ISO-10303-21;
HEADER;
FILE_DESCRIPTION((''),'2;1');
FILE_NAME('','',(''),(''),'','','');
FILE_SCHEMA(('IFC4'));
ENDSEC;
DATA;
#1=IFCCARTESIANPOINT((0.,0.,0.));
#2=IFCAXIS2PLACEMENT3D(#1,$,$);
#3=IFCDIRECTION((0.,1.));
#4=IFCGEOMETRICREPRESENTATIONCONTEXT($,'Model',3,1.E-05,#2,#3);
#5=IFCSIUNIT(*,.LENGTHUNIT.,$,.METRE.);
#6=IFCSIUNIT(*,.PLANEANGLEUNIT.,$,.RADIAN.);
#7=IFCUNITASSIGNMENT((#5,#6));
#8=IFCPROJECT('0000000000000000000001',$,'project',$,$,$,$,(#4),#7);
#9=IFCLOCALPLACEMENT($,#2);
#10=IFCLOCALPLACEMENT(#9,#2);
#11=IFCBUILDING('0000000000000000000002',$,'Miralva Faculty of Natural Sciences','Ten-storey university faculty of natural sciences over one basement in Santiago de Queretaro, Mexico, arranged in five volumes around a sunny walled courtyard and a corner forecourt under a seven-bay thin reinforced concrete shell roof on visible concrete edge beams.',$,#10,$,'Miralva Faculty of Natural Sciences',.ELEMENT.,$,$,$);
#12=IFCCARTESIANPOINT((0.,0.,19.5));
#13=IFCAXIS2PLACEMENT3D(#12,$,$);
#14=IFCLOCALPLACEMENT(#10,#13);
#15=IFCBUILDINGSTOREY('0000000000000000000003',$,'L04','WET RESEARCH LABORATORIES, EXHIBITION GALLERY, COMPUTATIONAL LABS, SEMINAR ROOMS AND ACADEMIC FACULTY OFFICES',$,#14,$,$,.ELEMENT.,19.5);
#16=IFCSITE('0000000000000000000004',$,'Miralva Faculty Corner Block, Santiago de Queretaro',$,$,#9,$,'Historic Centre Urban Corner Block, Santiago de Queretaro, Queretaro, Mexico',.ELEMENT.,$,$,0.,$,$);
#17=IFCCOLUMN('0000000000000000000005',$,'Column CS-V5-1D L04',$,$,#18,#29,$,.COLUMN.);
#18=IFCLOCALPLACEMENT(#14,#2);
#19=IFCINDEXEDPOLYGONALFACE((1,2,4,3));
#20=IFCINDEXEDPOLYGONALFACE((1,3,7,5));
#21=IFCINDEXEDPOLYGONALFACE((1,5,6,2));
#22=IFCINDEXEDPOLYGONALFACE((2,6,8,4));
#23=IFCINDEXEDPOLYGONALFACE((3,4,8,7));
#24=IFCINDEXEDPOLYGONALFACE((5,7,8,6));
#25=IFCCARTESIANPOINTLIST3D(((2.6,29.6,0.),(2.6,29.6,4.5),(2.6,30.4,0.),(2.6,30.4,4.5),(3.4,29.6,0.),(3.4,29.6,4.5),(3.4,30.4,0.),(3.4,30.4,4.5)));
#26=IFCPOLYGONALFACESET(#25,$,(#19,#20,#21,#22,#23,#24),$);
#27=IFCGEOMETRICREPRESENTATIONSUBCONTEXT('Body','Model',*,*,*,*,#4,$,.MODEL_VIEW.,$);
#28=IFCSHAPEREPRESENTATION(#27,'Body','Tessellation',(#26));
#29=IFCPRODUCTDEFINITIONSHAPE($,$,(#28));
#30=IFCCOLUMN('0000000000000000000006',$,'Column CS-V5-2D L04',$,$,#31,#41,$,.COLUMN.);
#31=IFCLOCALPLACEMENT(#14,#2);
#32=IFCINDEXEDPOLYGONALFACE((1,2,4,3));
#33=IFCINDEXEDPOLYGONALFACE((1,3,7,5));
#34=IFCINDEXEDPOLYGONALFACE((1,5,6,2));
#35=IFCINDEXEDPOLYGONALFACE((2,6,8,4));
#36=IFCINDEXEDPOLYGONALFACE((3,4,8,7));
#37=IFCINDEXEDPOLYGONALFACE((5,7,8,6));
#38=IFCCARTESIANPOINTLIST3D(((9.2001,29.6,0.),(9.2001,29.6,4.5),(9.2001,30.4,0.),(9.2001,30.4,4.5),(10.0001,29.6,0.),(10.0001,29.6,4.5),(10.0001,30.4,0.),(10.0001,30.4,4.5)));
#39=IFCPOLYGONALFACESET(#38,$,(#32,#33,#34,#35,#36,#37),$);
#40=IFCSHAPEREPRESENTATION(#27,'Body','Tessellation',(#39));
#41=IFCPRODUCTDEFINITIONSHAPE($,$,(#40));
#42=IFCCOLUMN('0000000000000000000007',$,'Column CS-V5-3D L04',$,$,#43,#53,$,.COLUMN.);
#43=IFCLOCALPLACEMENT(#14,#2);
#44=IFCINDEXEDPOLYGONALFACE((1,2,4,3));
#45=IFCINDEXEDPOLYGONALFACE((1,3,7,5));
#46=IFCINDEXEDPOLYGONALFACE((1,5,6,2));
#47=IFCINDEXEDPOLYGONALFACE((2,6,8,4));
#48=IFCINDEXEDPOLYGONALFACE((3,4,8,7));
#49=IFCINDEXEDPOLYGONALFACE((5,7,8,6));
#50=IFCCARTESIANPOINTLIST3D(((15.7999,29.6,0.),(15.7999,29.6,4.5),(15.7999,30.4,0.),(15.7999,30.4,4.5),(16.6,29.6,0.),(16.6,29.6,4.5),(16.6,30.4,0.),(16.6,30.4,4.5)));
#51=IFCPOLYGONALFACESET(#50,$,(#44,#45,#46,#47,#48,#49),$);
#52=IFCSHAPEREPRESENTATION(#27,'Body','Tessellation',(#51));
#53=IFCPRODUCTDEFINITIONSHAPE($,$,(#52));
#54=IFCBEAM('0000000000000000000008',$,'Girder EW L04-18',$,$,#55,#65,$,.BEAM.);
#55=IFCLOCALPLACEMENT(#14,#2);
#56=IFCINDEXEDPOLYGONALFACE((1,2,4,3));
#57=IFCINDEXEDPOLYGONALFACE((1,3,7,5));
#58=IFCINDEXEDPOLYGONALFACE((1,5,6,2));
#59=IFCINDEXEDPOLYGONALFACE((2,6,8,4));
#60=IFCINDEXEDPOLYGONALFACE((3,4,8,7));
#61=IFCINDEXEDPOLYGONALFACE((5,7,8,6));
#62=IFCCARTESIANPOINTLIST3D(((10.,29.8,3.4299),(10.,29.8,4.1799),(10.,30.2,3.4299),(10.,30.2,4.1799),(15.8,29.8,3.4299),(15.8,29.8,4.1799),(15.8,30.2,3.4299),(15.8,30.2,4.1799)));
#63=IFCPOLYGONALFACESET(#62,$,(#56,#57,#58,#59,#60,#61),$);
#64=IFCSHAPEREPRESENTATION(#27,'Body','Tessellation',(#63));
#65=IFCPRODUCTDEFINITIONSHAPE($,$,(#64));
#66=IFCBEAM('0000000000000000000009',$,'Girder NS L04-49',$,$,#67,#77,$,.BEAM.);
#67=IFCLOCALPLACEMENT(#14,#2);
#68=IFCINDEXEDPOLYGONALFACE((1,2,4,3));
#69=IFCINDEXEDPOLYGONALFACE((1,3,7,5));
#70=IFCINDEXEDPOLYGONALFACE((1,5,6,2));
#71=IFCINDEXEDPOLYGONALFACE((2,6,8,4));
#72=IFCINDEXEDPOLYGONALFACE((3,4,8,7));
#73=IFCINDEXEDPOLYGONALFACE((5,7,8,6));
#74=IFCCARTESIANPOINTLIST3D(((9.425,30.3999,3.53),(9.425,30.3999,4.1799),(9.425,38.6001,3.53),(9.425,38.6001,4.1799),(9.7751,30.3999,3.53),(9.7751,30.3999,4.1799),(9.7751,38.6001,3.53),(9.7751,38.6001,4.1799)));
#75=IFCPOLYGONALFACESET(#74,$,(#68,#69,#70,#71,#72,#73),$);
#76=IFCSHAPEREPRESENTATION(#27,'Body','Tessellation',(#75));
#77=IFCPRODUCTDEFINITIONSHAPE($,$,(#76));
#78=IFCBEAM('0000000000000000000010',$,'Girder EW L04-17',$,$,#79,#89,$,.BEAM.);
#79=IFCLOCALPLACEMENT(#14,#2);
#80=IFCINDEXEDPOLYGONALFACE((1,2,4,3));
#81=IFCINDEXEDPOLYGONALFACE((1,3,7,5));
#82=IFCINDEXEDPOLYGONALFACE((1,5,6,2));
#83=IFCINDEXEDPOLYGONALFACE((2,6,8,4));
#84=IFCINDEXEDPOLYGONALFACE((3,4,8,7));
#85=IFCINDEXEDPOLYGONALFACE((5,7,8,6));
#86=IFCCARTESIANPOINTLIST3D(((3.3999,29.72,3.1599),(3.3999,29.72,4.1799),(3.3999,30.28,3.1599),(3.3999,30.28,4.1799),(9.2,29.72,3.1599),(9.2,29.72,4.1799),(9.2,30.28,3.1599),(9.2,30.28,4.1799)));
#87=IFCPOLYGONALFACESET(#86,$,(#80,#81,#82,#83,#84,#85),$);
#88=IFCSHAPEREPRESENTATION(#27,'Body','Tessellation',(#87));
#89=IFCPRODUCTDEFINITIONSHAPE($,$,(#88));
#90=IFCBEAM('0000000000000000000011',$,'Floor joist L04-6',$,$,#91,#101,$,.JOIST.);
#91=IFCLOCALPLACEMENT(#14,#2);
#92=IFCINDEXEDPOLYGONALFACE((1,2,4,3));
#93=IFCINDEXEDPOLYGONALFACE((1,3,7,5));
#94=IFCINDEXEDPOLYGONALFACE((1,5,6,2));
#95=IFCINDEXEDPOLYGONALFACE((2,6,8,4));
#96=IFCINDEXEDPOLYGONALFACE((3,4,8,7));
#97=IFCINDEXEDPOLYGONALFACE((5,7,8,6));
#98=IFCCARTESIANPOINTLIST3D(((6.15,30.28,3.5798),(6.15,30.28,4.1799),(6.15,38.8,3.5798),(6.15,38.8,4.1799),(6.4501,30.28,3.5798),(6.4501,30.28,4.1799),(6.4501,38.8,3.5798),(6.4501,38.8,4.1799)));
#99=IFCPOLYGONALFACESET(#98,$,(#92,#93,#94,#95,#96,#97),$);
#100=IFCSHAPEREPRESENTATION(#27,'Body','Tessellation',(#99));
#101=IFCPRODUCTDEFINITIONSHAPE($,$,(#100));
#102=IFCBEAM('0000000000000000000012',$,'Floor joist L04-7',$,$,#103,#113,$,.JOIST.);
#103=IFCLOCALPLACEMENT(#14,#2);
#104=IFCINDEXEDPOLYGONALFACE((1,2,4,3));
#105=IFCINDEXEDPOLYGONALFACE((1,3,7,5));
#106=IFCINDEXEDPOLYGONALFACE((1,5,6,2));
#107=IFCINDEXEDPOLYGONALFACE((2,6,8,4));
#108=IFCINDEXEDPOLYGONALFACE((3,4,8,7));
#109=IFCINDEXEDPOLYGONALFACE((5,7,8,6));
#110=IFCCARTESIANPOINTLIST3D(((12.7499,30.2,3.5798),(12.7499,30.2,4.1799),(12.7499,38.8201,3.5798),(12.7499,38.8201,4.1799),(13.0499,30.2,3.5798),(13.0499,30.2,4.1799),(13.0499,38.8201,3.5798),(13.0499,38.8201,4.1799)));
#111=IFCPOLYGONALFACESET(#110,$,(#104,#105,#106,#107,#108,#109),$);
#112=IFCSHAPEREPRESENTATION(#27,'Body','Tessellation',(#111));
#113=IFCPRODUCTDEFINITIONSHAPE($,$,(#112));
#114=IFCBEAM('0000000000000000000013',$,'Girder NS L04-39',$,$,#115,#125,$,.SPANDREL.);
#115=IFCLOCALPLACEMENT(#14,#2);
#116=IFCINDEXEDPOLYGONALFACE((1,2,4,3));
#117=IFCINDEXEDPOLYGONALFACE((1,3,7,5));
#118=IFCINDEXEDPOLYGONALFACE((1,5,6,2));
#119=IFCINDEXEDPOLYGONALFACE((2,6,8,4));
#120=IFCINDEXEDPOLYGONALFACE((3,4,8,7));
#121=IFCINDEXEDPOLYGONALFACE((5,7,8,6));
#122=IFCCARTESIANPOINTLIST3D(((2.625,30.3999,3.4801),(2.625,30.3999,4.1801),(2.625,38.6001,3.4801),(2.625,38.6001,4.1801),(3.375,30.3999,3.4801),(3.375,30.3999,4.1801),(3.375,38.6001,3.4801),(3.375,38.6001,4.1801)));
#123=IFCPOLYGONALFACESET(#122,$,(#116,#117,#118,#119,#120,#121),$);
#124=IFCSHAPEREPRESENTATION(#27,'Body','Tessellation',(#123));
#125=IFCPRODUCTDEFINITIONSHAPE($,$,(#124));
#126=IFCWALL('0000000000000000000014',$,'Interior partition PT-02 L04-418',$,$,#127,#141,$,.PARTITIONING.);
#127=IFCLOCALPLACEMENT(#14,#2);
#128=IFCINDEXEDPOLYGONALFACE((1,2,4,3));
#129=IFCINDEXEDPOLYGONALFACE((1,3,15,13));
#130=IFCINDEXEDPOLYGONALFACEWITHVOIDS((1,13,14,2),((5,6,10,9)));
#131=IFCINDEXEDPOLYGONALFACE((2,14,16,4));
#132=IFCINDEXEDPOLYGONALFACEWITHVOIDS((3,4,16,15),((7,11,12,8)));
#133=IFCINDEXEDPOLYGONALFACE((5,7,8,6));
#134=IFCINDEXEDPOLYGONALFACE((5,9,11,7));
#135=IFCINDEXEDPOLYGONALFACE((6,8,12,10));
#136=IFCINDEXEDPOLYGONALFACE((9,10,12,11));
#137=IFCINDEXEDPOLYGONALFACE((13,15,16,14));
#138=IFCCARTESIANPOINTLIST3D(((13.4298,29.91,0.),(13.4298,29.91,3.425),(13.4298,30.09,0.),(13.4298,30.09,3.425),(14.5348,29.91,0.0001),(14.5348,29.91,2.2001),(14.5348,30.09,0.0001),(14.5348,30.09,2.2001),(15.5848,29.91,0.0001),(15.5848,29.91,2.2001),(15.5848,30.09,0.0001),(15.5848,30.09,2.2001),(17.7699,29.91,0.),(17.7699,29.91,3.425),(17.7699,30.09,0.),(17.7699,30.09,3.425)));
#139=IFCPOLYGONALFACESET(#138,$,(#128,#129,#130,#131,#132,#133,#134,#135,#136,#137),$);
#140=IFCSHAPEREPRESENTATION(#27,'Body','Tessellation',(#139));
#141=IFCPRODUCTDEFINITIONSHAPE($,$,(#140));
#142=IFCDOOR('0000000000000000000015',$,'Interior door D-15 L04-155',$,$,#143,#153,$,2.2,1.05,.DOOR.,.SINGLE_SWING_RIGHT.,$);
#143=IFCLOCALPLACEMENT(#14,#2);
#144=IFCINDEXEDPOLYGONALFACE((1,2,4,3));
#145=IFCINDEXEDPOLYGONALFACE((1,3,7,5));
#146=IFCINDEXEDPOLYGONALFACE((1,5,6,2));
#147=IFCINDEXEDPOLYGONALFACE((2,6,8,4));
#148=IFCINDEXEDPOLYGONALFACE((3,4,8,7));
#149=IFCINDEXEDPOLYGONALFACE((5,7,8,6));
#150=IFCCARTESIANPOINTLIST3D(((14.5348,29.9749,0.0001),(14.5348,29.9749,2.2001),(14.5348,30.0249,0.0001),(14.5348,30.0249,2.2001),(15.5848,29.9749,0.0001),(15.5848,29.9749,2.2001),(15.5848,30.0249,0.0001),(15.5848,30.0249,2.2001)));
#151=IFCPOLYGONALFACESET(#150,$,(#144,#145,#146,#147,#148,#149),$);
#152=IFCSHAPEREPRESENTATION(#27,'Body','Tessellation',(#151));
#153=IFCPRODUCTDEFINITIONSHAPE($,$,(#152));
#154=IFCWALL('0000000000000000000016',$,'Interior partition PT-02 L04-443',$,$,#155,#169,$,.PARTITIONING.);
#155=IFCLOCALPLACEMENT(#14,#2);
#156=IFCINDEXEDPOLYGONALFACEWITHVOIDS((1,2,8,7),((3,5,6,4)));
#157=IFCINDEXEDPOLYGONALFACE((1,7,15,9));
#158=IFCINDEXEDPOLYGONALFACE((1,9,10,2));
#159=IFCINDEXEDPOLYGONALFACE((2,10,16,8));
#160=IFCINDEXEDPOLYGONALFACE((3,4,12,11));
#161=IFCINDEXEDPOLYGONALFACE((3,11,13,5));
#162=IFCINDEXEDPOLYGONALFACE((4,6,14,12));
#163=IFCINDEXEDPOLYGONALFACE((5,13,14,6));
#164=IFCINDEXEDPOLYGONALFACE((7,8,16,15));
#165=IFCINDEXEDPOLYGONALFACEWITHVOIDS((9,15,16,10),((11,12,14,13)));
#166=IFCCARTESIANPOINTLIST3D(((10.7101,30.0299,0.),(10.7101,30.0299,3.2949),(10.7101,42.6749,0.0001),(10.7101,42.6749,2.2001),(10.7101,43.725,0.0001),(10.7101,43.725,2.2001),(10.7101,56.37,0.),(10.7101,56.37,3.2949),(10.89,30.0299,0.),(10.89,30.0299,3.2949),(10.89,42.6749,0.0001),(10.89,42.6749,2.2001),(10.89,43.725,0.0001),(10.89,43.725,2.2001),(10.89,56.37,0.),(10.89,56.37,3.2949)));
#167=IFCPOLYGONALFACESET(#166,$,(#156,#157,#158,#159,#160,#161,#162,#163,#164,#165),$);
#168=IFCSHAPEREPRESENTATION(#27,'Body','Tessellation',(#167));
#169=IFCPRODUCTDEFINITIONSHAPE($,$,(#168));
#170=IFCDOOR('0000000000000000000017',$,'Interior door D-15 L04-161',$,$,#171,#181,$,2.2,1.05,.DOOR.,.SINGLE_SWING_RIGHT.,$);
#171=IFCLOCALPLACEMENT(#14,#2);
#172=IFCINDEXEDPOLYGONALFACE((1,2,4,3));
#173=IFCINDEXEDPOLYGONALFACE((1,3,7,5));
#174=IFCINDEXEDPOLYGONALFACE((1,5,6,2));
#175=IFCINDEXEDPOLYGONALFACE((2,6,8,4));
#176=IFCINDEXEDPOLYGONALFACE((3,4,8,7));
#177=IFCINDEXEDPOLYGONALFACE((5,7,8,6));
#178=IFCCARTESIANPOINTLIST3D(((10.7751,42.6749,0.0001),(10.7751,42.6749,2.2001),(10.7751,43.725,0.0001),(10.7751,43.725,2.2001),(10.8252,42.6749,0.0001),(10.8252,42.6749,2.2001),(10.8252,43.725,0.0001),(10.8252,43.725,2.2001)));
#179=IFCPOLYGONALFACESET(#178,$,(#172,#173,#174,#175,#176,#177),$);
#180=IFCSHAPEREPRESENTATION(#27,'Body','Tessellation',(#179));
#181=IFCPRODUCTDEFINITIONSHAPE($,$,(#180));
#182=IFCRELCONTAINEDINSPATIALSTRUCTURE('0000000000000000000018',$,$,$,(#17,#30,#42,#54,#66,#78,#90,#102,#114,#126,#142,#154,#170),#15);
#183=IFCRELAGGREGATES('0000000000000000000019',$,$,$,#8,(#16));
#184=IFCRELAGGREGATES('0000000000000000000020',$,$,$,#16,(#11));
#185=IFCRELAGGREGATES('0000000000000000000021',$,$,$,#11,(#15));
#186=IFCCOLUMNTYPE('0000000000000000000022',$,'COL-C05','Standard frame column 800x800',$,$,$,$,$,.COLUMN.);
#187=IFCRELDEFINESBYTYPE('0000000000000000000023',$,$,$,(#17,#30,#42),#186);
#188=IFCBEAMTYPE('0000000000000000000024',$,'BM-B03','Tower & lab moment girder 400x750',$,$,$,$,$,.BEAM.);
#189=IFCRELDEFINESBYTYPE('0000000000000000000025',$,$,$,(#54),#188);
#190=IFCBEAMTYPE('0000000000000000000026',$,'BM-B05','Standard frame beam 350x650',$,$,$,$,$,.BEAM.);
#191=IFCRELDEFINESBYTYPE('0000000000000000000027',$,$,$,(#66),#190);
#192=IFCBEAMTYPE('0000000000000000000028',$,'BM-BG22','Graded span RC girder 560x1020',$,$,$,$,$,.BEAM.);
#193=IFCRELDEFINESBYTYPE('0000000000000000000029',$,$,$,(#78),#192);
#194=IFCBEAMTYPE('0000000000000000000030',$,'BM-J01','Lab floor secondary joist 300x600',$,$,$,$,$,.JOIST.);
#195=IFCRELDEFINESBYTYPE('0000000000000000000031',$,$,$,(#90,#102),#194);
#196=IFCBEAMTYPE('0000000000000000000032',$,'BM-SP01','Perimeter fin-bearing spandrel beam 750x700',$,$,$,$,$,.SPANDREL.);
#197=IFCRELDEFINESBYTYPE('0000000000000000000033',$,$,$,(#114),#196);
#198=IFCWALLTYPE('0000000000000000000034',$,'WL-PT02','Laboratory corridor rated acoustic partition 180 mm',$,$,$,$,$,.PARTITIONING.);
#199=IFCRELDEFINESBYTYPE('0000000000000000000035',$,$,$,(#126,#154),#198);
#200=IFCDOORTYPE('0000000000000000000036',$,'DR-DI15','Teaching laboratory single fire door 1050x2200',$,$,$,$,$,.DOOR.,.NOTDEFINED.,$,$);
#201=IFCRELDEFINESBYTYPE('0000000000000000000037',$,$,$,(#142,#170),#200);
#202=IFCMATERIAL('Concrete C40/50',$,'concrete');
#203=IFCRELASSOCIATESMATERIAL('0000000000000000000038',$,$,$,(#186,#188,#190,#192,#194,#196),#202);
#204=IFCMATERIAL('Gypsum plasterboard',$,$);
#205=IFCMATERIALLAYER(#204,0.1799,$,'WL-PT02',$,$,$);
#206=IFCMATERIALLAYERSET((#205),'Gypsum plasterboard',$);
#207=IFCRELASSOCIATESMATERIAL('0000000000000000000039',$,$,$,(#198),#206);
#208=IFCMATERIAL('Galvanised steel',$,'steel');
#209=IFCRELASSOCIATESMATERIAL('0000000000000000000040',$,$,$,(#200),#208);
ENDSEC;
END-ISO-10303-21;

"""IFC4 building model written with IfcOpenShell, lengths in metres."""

from ifc_helpers import new_model, si_unit, direction, frame, frame_2d, origin, origin_2d, place, context, subcontext, project, spatial, rectangle, extrude, material, layer, layer_set, material_profile, profile_set, type_object, element, fill, save


model = new_model("IFC4")

# Units and contexts
model_context = context("Model", 3, precision=1e-05, world=origin(), true_north=direction((0.0, 1.0)))
body_context = subcontext(model_context, "Body", "Model", "MODEL_VIEW")
ifc_project = project(units=[si_unit("LENGTHUNIT", "METRE"), si_unit("PLANEANGLEUNIT", "RADIAN")], contexts=[model_context])

# Site, building, storey
site_placement = place(None, origin())
site = spatial("IfcSite", under=ifc_project, at=site_placement, Name="Miralva Faculty Corner Block, Santiago de Queretaro", LongName="Historic Centre Urban Corner Block, Santiago de Queretaro, Queretaro, Mexico", CompositionType="ELEMENT", RefElevation=0.0)
building_placement = place(site_placement, origin())
building = spatial("IfcBuilding", under=site, at=building_placement, Name="Miralva Faculty of Natural Sciences", Description="Ten-storey university faculty of natural sciences over one basement in Santiago de Queretaro, Mexico, arranged in five volumes around a sunny walled courtyard and a corner forecourt under a seven-bay thin reinforced concrete shell roof on visible concrete edge beams.", LongName="Miralva Faculty of Natural Sciences", CompositionType="ELEMENT")
storey_placement = place(building_placement, frame((0.0, 0.0, 19.5)))
storey = spatial("IfcBuildingStorey", under=building, at=storey_placement, Name="L04", Description="WET RESEARCH LABORATORIES, EXHIBITION GALLERY, COMPUTATIONAL LABS, SEMINAR ROOMS AND ACADEMIC FACULTY OFFICES", CompositionType="ELEMENT", Elevation=19.5)

# Columns
ifc_material_1 = material(Name="Concrete C40/50", Category="concrete")
ifc_material_profile_1 = material_profile(ifc_material_1, rectangle(XDim=0.8, YDim=0.8, at=origin_2d()), Name="RC 800x800")
ifc_profile_set_1 = profile_set([ifc_material_profile_1], Name="Concrete C40/50")
column_type = type_object("IfcColumnType", Name="COL-C05", Description="Standard frame column 800x800", PredefinedType="COLUMN", material=ifc_profile_set_1)
for number, where, z_axis, x_axis, name in (
    (1, (3.0, 30.0, 0.0), (0.0, 0.0, 1.0), (1.0, 0.0, 0.0), "Column CS-V5-1D L04"),
    (2, (9.6001, 30.0, 0.0), (0.0, 0.0, 1.0), (1.0, 0.0, 0.0), "Column CS-V5-2D L04"),
    (3, (16.2, 30.0, 0.0), (0.0, 0.0, 1.0), (1.0, 0.0, 0.0), "Column CS-V5-3D L04"),
):
    element("IfcColumn", number, at=place(storey_placement, frame(where, z_axis=z_axis, x_axis=x_axis)), inside=storey, type_object=column_type, Name=name, PredefinedType="COLUMN", context=body_context, shape_type="SweptSolid", body=[
        extrude(rectangle(XDim=0.8, YDim=0.8, at=origin_2d()), origin(), (0.0, 0.0, 1.0), 4.5),
    ])

# Beams
ifc_material_profile_2 = material_profile(ifc_material_1, rectangle(XDim=0.3999, YDim=0.75, at=origin_2d()), Name="RC 400x750")
ifc_profile_set_2 = profile_set([ifc_material_profile_2], Name="Concrete C40/50")
beam_type_1 = type_object("IfcBeamType", Name="BM-B03", Description="Tower & lab moment girder 400x750", PredefinedType="BEAM", material=ifc_profile_set_2)
beam_1_placement = place(storey_placement, frame((10.0, 30.0, 3.8049), z_axis=(1.0, 0.0, 0.0), x_axis=(0.0, 1.0, 0.0)))
element("IfcBeam", 4, at=beam_1_placement, inside=storey, type_object=beam_type_1, Name="Girder EW L04-18", PredefinedType="BEAM", context=body_context, shape_type="SweptSolid", body=[
    extrude(rectangle(XDim=0.3999, YDim=0.75, at=origin_2d()), origin(), (0.0, 0.0, 1.0), 5.8),
])
ifc_material_profile_3 = material_profile(ifc_material_1, rectangle(XDim=0.3501, YDim=0.6499, at=origin_2d()), Name="RC 350x650")
ifc_profile_set_3 = profile_set([ifc_material_profile_3], Name="Concrete C40/50")
beam_type_2 = type_object("IfcBeamType", Name="BM-B05", Description="Standard frame beam 350x650", PredefinedType="BEAM", material=ifc_profile_set_3)
beam_2_placement = place(storey_placement, frame((9.6001, 30.3999, 3.855), z_axis=(0.0, 1.0, 0.0), x_axis=(-1.0, 0.0, 0.0)))
element("IfcBeam", 5, at=beam_2_placement, inside=storey, type_object=beam_type_2, Name="Girder NS L04-49", PredefinedType="BEAM", context=body_context, shape_type="SweptSolid", body=[
    extrude(rectangle(XDim=0.3501, YDim=0.6499, at=origin_2d()), origin(), (0.0, 0.0, 1.0), 8.2002),
])
ifc_material_profile_4 = material_profile(ifc_material_1, rectangle(XDim=0.5601, YDim=1.02, at=origin_2d()), Name="RC 560x1020")
ifc_profile_set_4 = profile_set([ifc_material_profile_4], Name="Concrete C40/50")
beam_type_3 = type_object("IfcBeamType", Name="BM-BG22", Description="Graded span RC girder 560x1020", PredefinedType="BEAM", material=ifc_profile_set_4)
beam_3_placement = place(storey_placement, frame((3.3999, 30.0, 3.6699), z_axis=(1.0, 0.0, 0.0), x_axis=(0.0, 1.0, 0.0)))
element("IfcBeam", 6, at=beam_3_placement, inside=storey, type_object=beam_type_3, Name="Girder EW L04-17", PredefinedType="BEAM", context=body_context, shape_type="SweptSolid", body=[
    extrude(rectangle(XDim=0.5601, YDim=1.02, at=origin_2d()), origin(), (0.0, 0.0, 1.0), 5.8),
])
ifc_material_profile_5 = material_profile(ifc_material_1, rectangle(XDim=0.3, YDim=0.6001, at=origin_2d()), Name="RC 300x600")
ifc_profile_set_5 = profile_set([ifc_material_profile_5], Name="Concrete C40/50")
beam_type_4 = type_object("IfcBeamType", Name="BM-J01", Description="Lab floor secondary joist 300x600", PredefinedType="JOIST", material=ifc_profile_set_5)
beam_4_placement = place(storey_placement, frame((6.3, 30.28, 3.8799), z_axis=(0.0, 1.0, 0.0), x_axis=(-1.0, 0.0, 0.0)))
element("IfcBeam", 7, at=beam_4_placement, inside=storey, type_object=beam_type_4, Name="Floor joist L04-6", PredefinedType="JOIST", context=body_context, shape_type="SweptSolid", body=[
    extrude(rectangle(XDim=0.3, YDim=0.6001, at=origin_2d()), origin(), (0.0, 0.0, 1.0), 8.52),
])
beam_5_placement = place(storey_placement, frame((12.8999, 30.2, 3.8799), z_axis=(0.0, 1.0, 0.0), x_axis=(-1.0, 0.0, 0.0)))
element("IfcBeam", 8, at=beam_5_placement, inside=storey, type_object=beam_type_4, Name="Floor joist L04-7", PredefinedType="JOIST", context=body_context, shape_type="SweptSolid", body=[
    extrude(rectangle(XDim=0.3, YDim=0.6001, at=origin_2d()), origin(), (0.0, 0.0, 1.0), 8.6201),
])
ifc_material_profile_6 = material_profile(ifc_material_1, rectangle(XDim=0.75, YDim=0.7, at=origin_2d()), Name="RC 750x700")
ifc_profile_set_6 = profile_set([ifc_material_profile_6], Name="Concrete C40/50")
beam_type_5 = type_object("IfcBeamType", Name="BM-SP01", Description="Perimeter fin-bearing spandrel beam 750x700", PredefinedType="SPANDREL", material=ifc_profile_set_6)
beam_6_placement = place(storey_placement, frame((3.0, 30.3999, 3.8301), z_axis=(0.0, 1.0, 0.0), x_axis=(-1.0, 0.0, 0.0)))
element("IfcBeam", 9, at=beam_6_placement, inside=storey, type_object=beam_type_5, Name="Girder NS L04-39", PredefinedType="SPANDREL", context=body_context, shape_type="SweptSolid", body=[
    extrude(rectangle(XDim=0.75, YDim=0.7, at=origin_2d()), origin(), (0.0, 0.0, 1.0), 8.2002),
])

# Walls, openings, doors
ifc_material_2 = material(Name="Gypsum plasterboard")
ifc_layer_1 = layer(ifc_material_2, 0.1799, Name="WL-PT02")
ifc_layer_set_1 = layer_set([ifc_layer_1], Name="Gypsum plasterboard")
wall_type_1 = type_object("IfcWallType", Name="WL-PT02", Description="Laboratory corridor rated acoustic partition 180 mm", PredefinedType="PARTITIONING", material=ifc_layer_set_1)
wall_1_placement = place(storey_placement, frame((13.4299, 30.0, 0.0), z_axis=(0.0, 0.0, 1.0), x_axis=(1.0, 0.0, 0.0)))
wall_1 = element("IfcWall", 10, at=wall_1_placement, inside=storey, type_object=wall_type_1, Name="Interior partition PT-02 L04-418", PredefinedType="PARTITIONING", context=body_context, shape_type="SweptSolid", body=[
    extrude(rectangle(XDim=4.3401, YDim=0.1799, at=frame_2d((2.1699, 0.0))), origin(), (0.0, 0.0, 1.0), 3.425),
])
opening_1_placement = place(wall_1_placement, frame((1.105, 0.0, 0.0)))
opening_1 = element("IfcOpeningElement", 11, at=opening_1_placement, cuts=wall_1, PredefinedType="OPENING", context=body_context, shape_type="SweptSolid", body=[
    extrude(rectangle(XDim=1.05, YDim=2.2, at=frame_2d((0.5249, 1.1001))), frame((0.0, 0.0999, 0.0), z_axis=(0.0, -1.0, 0.0), x_axis=(1.0, 0.0, 0.0)), (0.0, 0.0, 1.0), 0.2),
])
ifc_material_3 = material(Name="Galvanised steel", Category="steel")
door_type = type_object("IfcDoorType", Name="DR-DI15", Description="Teaching laboratory single fire door 1050x2200", OperationType="NOTDEFINED", PredefinedType="DOOR", material=ifc_material_3)
door_1_placement = place(opening_1_placement, origin())
door_1 = element("IfcDoor", 12, at=door_1_placement, inside=storey, type_object=door_type, Name="Interior door D-15 L04-155", OperationType="SINGLE_SWING_RIGHT", OverallHeight=2.2, OverallWidth=1.05, PredefinedType="DOOR", context=body_context, shape_type="SweptSolid", body=[
    extrude(rectangle(XDim=1.05, YDim=2.2, at=frame_2d((0.5249, 1.1001))), frame((0.0, 0.0249, 0.0), z_axis=(0.0, -1.0, 0.0), x_axis=(1.0, 0.0, 0.0)), (0.0, 0.0, 1.0), 0.05),
])
fill(opening_1, door_1)
wall_2_placement = place(storey_placement, frame((10.8, 30.03, 0.0), z_axis=(0.0, 0.0, 1.0), x_axis=(0.0, 1.0, 0.0)))
wall_2 = element("IfcWall", 13, at=wall_2_placement, inside=storey, type_object=wall_type_1, Name="Interior partition PT-02 L04-443", PredefinedType="PARTITIONING", context=body_context, shape_type="SweptSolid", body=[
    extrude(rectangle(XDim=26.3401, YDim=0.1799, at=frame_2d((13.1699, 0.0))), origin(), (0.0, 0.0, 1.0), 3.2949),
])
opening_2_placement = place(wall_2_placement, frame((12.645, 0.0, 0.0)))
opening_2 = element("IfcOpeningElement", 14, at=opening_2_placement, cuts=wall_2, PredefinedType="OPENING", context=body_context, shape_type="SweptSolid", body=[
    extrude(rectangle(XDim=1.05, YDim=2.2, at=frame_2d((0.5249, 1.1001))), frame((0.0, 0.0999, 0.0), z_axis=(0.0, -1.0, 0.0), x_axis=(1.0, 0.0, 0.0)), (0.0, 0.0, 1.0), 0.2),
])
door_2_placement = place(opening_2_placement, origin())
door_2 = element("IfcDoor", 15, at=door_2_placement, inside=storey, type_object=door_type, Name="Interior door D-15 L04-161", OperationType="SINGLE_SWING_RIGHT", OverallHeight=2.2, OverallWidth=1.05, PredefinedType="DOOR", context=body_context, shape_type="SweptSolid", body=[
    extrude(rectangle(XDim=1.05, YDim=2.2, at=frame_2d((0.5249, 1.1001))), frame((0.0, 0.0249, 0.0), z_axis=(0.0, -1.0, 0.0), x_axis=(1.0, 0.0, 0.0)), (0.0, 0.0, 1.0), 0.05),
])
fill(opening_2, door_2)

save(model, "model.ifc")
